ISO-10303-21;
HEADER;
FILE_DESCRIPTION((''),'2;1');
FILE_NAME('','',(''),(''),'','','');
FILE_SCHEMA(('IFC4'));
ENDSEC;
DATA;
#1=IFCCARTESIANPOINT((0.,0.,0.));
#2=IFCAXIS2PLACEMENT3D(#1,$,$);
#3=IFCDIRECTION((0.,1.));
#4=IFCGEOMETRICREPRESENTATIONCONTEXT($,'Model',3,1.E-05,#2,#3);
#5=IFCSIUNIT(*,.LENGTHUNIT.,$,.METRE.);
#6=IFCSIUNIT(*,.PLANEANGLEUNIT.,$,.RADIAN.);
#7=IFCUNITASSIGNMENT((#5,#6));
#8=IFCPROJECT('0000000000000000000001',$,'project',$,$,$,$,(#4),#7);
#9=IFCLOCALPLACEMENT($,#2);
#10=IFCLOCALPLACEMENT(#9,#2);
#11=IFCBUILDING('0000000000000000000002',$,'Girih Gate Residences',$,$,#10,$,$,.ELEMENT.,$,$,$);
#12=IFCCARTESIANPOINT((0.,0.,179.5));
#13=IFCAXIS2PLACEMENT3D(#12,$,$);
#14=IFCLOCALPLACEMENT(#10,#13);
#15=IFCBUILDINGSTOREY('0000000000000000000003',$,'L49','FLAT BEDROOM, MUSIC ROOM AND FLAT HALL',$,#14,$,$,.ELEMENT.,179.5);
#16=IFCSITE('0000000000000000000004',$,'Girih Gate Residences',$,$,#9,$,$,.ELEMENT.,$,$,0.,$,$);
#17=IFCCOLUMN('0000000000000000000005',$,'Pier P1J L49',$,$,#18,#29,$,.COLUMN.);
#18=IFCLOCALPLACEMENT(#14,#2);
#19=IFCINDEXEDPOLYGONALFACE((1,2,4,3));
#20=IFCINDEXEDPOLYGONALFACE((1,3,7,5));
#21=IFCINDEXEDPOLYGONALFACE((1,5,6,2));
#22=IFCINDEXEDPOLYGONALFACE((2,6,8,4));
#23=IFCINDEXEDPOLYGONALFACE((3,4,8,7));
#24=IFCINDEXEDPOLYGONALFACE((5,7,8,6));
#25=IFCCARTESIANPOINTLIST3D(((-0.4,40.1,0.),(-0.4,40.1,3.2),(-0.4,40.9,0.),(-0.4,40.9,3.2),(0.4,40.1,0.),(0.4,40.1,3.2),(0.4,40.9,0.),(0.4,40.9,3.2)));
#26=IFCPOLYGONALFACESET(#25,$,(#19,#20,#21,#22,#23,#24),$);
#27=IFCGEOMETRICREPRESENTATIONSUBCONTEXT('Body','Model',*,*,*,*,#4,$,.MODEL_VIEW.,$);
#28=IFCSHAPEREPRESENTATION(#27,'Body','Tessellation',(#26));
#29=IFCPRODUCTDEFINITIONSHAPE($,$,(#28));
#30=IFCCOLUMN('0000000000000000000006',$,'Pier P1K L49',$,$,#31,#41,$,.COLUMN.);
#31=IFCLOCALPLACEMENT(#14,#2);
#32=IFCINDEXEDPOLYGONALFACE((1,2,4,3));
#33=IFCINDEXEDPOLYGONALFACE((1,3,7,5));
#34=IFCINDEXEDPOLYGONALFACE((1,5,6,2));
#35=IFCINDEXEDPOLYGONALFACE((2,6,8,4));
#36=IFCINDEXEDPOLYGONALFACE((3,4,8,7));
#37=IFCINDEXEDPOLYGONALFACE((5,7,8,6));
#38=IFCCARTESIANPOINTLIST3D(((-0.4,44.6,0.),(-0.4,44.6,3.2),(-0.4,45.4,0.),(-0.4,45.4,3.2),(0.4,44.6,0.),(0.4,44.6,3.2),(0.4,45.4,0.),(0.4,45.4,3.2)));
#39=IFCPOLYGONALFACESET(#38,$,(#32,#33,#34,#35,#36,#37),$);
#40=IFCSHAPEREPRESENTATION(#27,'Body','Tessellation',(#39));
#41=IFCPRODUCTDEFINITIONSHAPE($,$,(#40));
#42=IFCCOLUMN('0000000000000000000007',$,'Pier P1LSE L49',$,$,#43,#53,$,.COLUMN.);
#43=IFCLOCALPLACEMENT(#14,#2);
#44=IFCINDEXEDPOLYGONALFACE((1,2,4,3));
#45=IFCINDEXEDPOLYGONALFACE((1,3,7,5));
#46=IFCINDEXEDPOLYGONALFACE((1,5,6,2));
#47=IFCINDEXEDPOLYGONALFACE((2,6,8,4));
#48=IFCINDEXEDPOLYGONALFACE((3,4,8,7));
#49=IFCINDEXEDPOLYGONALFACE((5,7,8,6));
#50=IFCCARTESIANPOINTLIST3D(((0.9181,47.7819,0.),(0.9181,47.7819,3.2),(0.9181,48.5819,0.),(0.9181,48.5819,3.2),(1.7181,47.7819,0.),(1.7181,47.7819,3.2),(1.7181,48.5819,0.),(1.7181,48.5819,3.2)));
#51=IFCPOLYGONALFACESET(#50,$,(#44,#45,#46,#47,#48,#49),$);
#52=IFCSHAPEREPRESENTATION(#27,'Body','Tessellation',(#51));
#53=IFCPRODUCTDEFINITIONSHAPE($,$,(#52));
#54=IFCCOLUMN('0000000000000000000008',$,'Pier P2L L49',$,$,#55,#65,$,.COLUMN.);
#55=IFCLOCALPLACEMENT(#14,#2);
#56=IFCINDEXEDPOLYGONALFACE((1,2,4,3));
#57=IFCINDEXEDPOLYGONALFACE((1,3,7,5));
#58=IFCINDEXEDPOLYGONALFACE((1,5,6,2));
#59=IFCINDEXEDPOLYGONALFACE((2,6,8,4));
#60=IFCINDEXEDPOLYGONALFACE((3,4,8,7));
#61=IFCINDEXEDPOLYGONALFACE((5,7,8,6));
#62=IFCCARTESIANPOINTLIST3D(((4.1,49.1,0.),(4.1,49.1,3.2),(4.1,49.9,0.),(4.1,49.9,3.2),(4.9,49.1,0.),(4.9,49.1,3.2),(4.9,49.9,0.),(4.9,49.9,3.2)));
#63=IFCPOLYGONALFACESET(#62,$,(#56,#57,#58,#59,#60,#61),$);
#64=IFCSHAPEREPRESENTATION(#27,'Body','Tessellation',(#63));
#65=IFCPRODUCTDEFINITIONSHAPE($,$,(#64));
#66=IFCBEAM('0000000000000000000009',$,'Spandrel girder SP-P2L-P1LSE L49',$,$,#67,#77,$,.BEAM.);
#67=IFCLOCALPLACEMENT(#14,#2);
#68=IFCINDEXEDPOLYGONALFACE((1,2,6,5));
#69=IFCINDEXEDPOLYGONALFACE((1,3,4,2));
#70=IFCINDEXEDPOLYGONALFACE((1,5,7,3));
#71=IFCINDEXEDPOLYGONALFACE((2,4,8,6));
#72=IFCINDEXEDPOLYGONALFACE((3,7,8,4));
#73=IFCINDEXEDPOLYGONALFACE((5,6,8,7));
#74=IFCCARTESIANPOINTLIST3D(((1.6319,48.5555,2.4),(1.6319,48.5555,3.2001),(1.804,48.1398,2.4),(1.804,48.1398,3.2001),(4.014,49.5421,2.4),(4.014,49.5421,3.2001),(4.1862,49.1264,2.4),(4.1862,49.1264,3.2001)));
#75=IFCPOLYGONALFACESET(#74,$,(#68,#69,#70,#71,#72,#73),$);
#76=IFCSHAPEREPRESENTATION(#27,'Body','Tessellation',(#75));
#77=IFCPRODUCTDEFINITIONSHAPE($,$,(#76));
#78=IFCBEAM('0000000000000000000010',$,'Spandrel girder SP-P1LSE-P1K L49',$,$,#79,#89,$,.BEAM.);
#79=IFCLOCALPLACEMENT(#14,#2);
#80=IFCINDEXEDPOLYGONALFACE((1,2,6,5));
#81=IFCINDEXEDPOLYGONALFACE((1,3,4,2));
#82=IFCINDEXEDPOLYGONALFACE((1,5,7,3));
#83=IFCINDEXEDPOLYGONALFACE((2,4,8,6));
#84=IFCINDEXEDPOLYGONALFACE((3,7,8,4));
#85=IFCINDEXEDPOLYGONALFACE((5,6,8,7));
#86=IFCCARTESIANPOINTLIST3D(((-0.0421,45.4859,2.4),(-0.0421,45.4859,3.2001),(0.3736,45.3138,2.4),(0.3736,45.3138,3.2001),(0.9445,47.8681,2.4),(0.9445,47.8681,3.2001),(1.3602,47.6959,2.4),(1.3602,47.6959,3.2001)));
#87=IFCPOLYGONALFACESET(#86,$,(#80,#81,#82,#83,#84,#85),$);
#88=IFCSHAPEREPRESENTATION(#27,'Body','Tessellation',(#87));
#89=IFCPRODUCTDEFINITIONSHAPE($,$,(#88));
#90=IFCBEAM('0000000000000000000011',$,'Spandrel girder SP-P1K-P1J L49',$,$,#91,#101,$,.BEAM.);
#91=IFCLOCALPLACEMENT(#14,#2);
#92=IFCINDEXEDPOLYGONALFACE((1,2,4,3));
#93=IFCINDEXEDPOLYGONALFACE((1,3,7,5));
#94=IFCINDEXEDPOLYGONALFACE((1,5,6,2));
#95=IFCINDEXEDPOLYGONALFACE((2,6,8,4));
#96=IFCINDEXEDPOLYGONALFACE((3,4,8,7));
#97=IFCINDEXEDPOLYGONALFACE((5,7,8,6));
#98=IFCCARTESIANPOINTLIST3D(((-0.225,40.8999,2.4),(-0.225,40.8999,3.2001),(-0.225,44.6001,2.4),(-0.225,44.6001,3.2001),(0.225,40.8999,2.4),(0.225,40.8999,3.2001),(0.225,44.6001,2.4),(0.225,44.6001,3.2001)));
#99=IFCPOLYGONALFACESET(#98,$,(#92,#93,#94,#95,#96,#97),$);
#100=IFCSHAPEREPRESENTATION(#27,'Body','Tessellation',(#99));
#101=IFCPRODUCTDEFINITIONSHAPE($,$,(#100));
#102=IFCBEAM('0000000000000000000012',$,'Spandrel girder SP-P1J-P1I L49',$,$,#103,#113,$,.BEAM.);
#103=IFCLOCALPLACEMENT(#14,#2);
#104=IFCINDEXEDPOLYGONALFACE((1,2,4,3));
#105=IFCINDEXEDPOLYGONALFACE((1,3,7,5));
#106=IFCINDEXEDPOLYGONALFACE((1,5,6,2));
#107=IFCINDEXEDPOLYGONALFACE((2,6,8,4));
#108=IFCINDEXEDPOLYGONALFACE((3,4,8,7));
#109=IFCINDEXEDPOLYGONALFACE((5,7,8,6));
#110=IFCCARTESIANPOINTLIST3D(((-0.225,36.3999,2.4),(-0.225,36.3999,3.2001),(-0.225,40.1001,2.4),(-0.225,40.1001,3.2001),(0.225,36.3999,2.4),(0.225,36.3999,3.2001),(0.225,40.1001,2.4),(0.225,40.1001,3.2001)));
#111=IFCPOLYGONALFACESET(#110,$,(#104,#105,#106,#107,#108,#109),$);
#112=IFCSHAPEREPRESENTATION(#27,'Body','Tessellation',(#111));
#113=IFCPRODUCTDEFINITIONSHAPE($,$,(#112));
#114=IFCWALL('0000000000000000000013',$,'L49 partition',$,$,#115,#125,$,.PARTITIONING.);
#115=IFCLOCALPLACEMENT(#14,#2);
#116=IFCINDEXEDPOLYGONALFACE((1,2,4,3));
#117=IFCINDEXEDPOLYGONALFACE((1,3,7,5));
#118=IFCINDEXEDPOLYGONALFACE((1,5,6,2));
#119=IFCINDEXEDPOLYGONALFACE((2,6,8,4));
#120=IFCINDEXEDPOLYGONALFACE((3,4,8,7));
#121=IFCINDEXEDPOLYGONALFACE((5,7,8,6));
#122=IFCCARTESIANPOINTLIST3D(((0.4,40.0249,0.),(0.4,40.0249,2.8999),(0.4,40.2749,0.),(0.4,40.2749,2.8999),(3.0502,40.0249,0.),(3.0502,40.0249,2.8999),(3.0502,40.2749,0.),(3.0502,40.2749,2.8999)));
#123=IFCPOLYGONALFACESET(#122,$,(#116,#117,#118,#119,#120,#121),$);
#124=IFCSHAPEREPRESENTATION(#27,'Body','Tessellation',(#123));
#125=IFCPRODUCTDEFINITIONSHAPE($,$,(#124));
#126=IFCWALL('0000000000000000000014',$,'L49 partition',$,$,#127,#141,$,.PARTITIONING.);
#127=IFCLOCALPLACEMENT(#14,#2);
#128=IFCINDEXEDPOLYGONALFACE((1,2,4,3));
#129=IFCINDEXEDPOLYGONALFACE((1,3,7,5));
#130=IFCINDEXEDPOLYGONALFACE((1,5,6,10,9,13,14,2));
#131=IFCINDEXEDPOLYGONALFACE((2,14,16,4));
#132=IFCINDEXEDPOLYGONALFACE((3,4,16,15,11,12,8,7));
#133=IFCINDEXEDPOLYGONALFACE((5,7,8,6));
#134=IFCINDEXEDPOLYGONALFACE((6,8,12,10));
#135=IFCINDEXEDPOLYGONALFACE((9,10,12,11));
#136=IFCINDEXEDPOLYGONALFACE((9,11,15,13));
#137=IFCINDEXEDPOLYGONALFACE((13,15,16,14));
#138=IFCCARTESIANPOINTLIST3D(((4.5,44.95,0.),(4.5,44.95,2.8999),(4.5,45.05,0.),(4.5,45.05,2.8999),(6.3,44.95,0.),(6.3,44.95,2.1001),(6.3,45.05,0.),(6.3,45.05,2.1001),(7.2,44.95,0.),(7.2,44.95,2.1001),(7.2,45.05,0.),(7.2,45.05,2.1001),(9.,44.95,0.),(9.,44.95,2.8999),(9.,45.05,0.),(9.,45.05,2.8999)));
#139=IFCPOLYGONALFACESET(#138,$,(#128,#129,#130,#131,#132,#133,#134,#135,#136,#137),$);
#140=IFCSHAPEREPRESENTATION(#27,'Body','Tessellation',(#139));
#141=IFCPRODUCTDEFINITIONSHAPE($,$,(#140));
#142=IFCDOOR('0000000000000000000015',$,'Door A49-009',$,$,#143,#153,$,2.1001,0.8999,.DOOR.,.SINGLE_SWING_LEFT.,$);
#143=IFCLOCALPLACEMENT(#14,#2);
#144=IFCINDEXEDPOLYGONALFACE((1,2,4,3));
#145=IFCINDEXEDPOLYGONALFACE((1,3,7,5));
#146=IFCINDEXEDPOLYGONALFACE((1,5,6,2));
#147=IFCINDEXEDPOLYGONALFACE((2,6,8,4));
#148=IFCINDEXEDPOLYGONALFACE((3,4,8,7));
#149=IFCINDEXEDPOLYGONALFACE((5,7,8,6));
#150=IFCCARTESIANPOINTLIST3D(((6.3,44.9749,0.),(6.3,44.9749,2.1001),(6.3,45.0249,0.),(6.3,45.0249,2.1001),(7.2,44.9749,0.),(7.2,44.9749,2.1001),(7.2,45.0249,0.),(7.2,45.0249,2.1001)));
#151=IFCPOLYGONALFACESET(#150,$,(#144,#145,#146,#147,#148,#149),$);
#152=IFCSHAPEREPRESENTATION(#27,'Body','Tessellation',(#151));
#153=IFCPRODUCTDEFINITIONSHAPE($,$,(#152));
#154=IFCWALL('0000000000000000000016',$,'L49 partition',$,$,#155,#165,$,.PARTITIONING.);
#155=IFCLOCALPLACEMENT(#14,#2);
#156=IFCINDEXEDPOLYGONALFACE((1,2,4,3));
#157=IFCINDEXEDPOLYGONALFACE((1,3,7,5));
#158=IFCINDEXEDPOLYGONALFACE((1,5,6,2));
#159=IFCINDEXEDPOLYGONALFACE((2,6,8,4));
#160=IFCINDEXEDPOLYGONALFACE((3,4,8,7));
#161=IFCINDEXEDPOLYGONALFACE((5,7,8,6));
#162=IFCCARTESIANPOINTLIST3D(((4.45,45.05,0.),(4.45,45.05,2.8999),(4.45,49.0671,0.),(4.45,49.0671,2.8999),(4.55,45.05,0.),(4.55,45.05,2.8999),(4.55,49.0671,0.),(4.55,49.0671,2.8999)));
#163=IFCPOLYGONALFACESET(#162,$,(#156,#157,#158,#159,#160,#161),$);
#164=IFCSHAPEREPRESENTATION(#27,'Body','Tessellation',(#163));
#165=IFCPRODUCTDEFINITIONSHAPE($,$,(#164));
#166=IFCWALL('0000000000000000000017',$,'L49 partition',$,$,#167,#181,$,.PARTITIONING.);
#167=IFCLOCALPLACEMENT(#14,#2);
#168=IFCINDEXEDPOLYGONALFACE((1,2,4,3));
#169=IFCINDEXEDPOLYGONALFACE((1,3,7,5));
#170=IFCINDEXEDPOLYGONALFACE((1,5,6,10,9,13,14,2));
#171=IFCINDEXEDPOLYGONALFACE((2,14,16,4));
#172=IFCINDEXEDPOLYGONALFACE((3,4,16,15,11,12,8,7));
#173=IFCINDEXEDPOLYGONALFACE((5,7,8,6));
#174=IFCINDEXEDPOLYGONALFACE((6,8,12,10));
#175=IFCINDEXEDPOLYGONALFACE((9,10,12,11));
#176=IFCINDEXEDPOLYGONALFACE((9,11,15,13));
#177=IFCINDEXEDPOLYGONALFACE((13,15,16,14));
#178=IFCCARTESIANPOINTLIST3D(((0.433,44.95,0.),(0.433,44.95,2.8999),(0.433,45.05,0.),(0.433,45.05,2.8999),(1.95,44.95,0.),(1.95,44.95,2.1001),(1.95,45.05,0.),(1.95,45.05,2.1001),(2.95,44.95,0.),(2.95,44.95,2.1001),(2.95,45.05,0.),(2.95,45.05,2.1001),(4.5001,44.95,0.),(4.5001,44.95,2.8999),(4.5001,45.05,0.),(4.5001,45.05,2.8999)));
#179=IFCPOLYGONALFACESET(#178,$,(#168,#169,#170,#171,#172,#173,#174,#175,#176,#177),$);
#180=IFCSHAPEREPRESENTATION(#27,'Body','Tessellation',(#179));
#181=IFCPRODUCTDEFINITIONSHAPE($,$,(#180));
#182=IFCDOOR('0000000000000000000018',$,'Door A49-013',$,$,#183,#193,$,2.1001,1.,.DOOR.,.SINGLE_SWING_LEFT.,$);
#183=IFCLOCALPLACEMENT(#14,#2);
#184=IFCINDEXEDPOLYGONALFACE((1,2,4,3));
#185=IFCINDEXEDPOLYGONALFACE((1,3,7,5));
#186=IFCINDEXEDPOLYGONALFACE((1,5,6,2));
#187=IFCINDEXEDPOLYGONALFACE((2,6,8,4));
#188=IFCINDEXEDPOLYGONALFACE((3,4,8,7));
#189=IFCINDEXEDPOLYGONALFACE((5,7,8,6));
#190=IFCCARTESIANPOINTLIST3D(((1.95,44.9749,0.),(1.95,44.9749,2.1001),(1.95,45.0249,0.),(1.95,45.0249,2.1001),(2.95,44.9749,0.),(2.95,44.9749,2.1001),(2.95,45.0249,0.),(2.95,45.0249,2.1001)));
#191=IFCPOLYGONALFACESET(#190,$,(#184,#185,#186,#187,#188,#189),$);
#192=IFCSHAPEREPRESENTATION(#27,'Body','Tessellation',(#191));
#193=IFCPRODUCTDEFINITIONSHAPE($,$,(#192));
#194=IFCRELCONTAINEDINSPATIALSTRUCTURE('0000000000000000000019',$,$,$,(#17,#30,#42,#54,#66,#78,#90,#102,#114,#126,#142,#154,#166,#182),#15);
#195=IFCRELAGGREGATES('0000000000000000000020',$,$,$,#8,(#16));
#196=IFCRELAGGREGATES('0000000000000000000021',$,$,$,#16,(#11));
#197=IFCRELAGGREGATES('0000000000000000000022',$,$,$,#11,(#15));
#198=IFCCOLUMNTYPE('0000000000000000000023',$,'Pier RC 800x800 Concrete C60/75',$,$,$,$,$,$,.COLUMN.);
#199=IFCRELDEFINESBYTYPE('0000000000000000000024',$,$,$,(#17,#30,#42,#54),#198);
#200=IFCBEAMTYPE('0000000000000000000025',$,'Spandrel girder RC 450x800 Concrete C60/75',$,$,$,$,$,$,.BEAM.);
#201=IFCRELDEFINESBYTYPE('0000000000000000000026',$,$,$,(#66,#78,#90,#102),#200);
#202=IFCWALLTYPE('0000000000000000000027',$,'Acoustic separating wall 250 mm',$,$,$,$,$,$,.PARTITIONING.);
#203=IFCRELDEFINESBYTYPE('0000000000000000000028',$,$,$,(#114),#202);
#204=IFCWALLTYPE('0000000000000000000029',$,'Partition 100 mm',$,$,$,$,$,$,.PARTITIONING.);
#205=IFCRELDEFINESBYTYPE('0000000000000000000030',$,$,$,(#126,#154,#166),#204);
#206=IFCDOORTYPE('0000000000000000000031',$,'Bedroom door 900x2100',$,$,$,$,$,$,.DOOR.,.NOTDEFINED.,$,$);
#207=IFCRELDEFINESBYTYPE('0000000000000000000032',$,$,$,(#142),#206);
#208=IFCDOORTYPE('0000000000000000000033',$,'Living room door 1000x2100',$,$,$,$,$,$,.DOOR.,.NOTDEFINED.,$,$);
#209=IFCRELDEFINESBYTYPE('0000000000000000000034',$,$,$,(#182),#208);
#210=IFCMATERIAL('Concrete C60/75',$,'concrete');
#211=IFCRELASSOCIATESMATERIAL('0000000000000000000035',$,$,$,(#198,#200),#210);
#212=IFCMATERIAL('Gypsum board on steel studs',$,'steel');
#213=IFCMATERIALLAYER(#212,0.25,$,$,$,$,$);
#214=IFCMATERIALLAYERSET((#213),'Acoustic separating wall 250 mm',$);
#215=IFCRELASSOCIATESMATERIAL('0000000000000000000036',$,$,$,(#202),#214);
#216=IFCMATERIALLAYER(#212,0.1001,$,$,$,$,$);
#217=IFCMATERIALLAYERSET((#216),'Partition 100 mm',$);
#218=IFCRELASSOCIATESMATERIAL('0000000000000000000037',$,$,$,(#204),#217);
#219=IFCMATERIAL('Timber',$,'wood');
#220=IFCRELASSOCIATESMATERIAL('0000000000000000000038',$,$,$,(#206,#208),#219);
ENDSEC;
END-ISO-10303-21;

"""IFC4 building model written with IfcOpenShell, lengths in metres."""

from ifc_helpers import new_model, si_unit, direction, frame, frame_2d, origin, origin_2d, place, context, subcontext, project, spatial, rectangle, extrude, material, layer, layer_set, material_profile, profile_set, type_object, element, fill, save


model = new_model("IFC4")

# Units and contexts
model_context = context("Model", 3, precision=1e-05, world=origin(), true_north=direction((0.0, 1.0)))
body_context = subcontext(model_context, "Body", "Model", "MODEL_VIEW")
ifc_project = project(units=[si_unit("LENGTHUNIT", "METRE"), si_unit("PLANEANGLEUNIT", "RADIAN")], contexts=[model_context])

# Site, building, storey
site_placement = place(None, origin())
site = spatial("IfcSite", under=ifc_project, at=site_placement, Name="Girih Gate Residences", CompositionType="ELEMENT", RefElevation=0.0)
building_placement = place(site_placement, origin())
building = spatial("IfcBuilding", under=site, at=building_placement, Name="Girih Gate Residences", CompositionType="ELEMENT")
storey_placement = place(building_placement, frame((0.0, 0.0, 179.5)))
storey = spatial("IfcBuildingStorey", under=building, at=storey_placement, Name="L49", Description="FLAT BEDROOM, MUSIC ROOM AND FLAT HALL", CompositionType="ELEMENT", Elevation=179.5)

# Columns
ifc_material_1 = material(Name="Concrete C60/75", Category="concrete")
ifc_material_profile_1 = material_profile(ifc_material_1, rectangle(XDim=0.8, YDim=0.8, at=origin_2d()))
ifc_profile_set_1 = profile_set([ifc_material_profile_1], Name="Concrete C60/75")
column_type = type_object("IfcColumnType", Name="Pier RC 800x800 Concrete C60/75", PredefinedType="COLUMN", material=ifc_profile_set_1)
for number, where, z_axis, x_axis, name in (
    (1, (0.0, 40.5, 0.0), (0.0, 0.0, 1.0), (1.0, 0.0, 0.0), "Pier P1J L49"),
    (2, (0.0, 45.0, 0.0), (0.0, 0.0, 1.0), (1.0, 0.0, 0.0), "Pier P1K L49"),
    (3, (1.3181, 48.1819, 0.0), (0.0, 0.0, 1.0), (1.0, 0.0, 0.0), "Pier P1LSE L49"),
    (4, (4.5, 49.5, 0.0), (0.0, 0.0, 1.0), (1.0, 0.0, 0.0), "Pier P2L L49"),
):
    element("IfcColumn", number, at=place(storey_placement, frame(where, z_axis=z_axis, x_axis=x_axis)), inside=storey, type_object=column_type, Name=name, PredefinedType="COLUMN", context=body_context, shape_type="SweptSolid", body=[
        extrude(rectangle(XDim=0.8, YDim=0.8, at=origin_2d()), origin(), (0.0, 0.0, 1.0), 3.2),
    ])

# Beams
ifc_material_profile_2 = material_profile(ifc_material_1, rectangle(XDim=0.45, YDim=0.8, at=origin_2d()))
ifc_profile_set_2 = profile_set([ifc_material_profile_2], Name="Concrete C60/75")
beam_type = type_object("IfcBeamType", Name="Spandrel girder RC 450x800 Concrete C60/75", PredefinedType="BEAM", material=ifc_profile_set_2)
for number, where, z_axis, x_axis, name in (
    (5, (4.1001, 49.3342, 2.8), (-0.923896, -0.382644, 0.0), (0.382644, -0.923896, 0.0), "Spandrel girder SP-P2L-P1LSE L49"),
    (6, (1.1523, 47.782, 2.8), (-0.382644, -0.923896, 0.0), (0.923896, -0.382644, 0.0), "Spandrel girder SP-P1LSE-P1K L49"),
):
    element("IfcBeam", number, at=place(storey_placement, frame(where, z_axis=z_axis, x_axis=x_axis)), inside=storey, type_object=beam_type, Name=name, PredefinedType="BEAM", context=body_context, shape_type="SweptSolid", body=[
        extrude(rectangle(XDim=0.45, YDim=0.8, at=origin_2d()), origin(), (0.0, 0.0, 1.0), 2.5784),
    ])
for number, where, z_axis, x_axis, name in (
    (7, (0.0, 44.6001, 2.8), (0.0, -1.0, 0.0), (1.0, 0.0, 0.0), "Spandrel girder SP-P1K-P1J L49"),
    (8, (0.0, 40.1001, 2.8), (0.0, -1.0, 0.0), (1.0, 0.0, 0.0), "Spandrel girder SP-P1J-P1I L49"),
):
    element("IfcBeam", number, at=place(storey_placement, frame(where, z_axis=z_axis, x_axis=x_axis)), inside=storey, type_object=beam_type, Name=name, PredefinedType="BEAM", context=body_context, shape_type="SweptSolid", body=[
        extrude(rectangle(XDim=0.45, YDim=0.8, at=origin_2d()), origin(), (0.0, 0.0, 1.0), 3.7002),
    ])

# Wall
ifc_material_2 = material(Name="Gypsum board on steel studs", Category="steel")
ifc_layer_1 = layer(ifc_material_2, 0.25)
ifc_layer_set_1 = layer_set([ifc_layer_1], Name="Acoustic separating wall 250 mm")
wall_type_1 = type_object("IfcWallType", Name="Acoustic separating wall 250 mm", PredefinedType="PARTITIONING", material=ifc_layer_set_1)
wall_1_placement = place(storey_placement, frame((0.3999, 40.1499, 0.0), z_axis=(0.0, 0.0, 1.0), x_axis=(1.0, 0.0, 0.0)))
element("IfcWall", 9, at=wall_1_placement, inside=storey, type_object=wall_type_1, Name="L49 partition", PredefinedType="PARTITIONING", context=body_context, shape_type="SweptSolid", body=[
    extrude(rectangle(XDim=2.6501, YDim=0.25, at=frame_2d((1.3252, 0.0))), origin(), (0.0, 0.0, 1.0), 2.8999),
])

# Wall, opening, door
ifc_layer_2 = layer(ifc_material_2, 0.1001)
ifc_layer_set_2 = layer_set([ifc_layer_2], Name="Partition 100 mm")
wall_type_2 = type_object("IfcWallType", Name="Partition 100 mm", PredefinedType="PARTITIONING", material=ifc_layer_set_2)
wall_2_placement = place(storey_placement, frame((4.5, 45.0, 0.0), z_axis=(0.0, 0.0, 1.0), x_axis=(1.0, 0.0, 0.0)))
wall_2 = element("IfcWall", 10, at=wall_2_placement, inside=storey, type_object=wall_type_2, Name="L49 partition", PredefinedType="PARTITIONING", context=body_context, shape_type="SweptSolid", body=[
    extrude(rectangle(XDim=4.5, YDim=0.1001, at=frame_2d((2.25, 0.0))), origin(), (0.0, 0.0, 1.0), 2.8999),
])
opening_1_placement = place(wall_2_placement, frame((1.8, 0.0, 0.0)))
opening_1 = element("IfcOpeningElement", 11, at=opening_1_placement, cuts=wall_2, PredefinedType="OPENING", context=body_context, shape_type="SweptSolid", body=[
    extrude(rectangle(XDim=0.8999, YDim=2.1001, at=frame_2d((0.45, 1.05))), frame((0.0, 0.0601, 0.0), z_axis=(0.0, -1.0, 0.0), x_axis=(1.0, 0.0, 0.0)), (0.0, 0.0, 1.0), 0.1201),
])
ifc_material_3 = material(Name="Timber", Category="wood")
door_type_1 = type_object("IfcDoorType", Name="Bedroom door 900x2100", OperationType="NOTDEFINED", PredefinedType="DOOR", material=ifc_material_3)
door_1_placement = place(opening_1_placement, origin())
door_1 = element("IfcDoor", 12, at=door_1_placement, inside=storey, type_object=door_type_1, Name="Door A49-009", OperationType="SINGLE_SWING_LEFT", OverallHeight=2.1001, OverallWidth=0.8999, PredefinedType="DOOR", context=body_context, shape_type="SweptSolid", body=[
    extrude(rectangle(XDim=0.8999, YDim=2.1001, at=frame_2d((0.45, 1.05))), frame((0.0, 0.0249, 0.0), z_axis=(0.0, -1.0, 0.0), x_axis=(1.0, 0.0, 0.0)), (0.0, 0.0, 1.0), 0.05),
])
fill(opening_1, door_1)

# Wall
wall_3_placement = place(storey_placement, frame((4.5, 45.05, 0.0), z_axis=(0.0, 0.0, 1.0), x_axis=(0.0, 1.0, 0.0)))
element("IfcWall", 13, at=wall_3_placement, inside=storey, type_object=wall_type_2, Name="L49 partition", PredefinedType="PARTITIONING", context=body_context, shape_type="SweptSolid", body=[
    extrude(rectangle(XDim=4.0171, YDim=0.1001, at=frame_2d((2.0085, 0.0))), origin(), (0.0, 0.0, 1.0), 2.8999),
])

# Wall, opening, door
wall_4_placement = place(storey_placement, frame((0.4329, 45.0, 0.0), z_axis=(0.0, 0.0, 1.0), x_axis=(1.0, 0.0, 0.0)))
wall_4 = element("IfcWall", 14, at=wall_4_placement, inside=storey, type_object=wall_type_2, Name="L49 partition", PredefinedType="PARTITIONING", context=body_context, shape_type="SweptSolid", body=[
    extrude(rectangle(XDim=4.0671, YDim=0.1001, at=frame_2d((2.0337, 0.0))), origin(), (0.0, 0.0, 1.0), 2.8999),
])
opening_2_placement = place(wall_4_placement, frame((1.5171, 0.0, 0.0)))
opening_2 = element("IfcOpeningElement", 15, at=opening_2_placement, cuts=wall_4, PredefinedType="OPENING", context=body_context, shape_type="SweptSolid", body=[
    extrude(rectangle(XDim=1.0, YDim=2.1001, at=frame_2d((0.5, 1.05))), frame((0.0, 0.0601, 0.0), z_axis=(0.0, -1.0, 0.0), x_axis=(1.0, 0.0, 0.0)), (0.0, 0.0, 1.0), 0.1201),
])
door_type_2 = type_object("IfcDoorType", Name="Living room door 1000x2100", OperationType="NOTDEFINED", PredefinedType="DOOR", material=ifc_material_3)
door_2_placement = place(opening_2_placement, origin())
door_2 = element("IfcDoor", 16, at=door_2_placement, inside=storey, type_object=door_type_2, Name="Door A49-013", OperationType="SINGLE_SWING_LEFT", OverallHeight=2.1001, OverallWidth=1.0, PredefinedType="DOOR", context=body_context, shape_type="SweptSolid", body=[
    extrude(rectangle(XDim=1.0, YDim=2.1001, at=frame_2d((0.5, 1.05))), frame((0.0, 0.0249, 0.0), z_axis=(0.0, -1.0, 0.0), x_axis=(1.0, 0.0, 0.0)), (0.0, 0.0, 1.0), 0.05),
])
fill(opening_2, door_2)

save(model, "model.ifc")
